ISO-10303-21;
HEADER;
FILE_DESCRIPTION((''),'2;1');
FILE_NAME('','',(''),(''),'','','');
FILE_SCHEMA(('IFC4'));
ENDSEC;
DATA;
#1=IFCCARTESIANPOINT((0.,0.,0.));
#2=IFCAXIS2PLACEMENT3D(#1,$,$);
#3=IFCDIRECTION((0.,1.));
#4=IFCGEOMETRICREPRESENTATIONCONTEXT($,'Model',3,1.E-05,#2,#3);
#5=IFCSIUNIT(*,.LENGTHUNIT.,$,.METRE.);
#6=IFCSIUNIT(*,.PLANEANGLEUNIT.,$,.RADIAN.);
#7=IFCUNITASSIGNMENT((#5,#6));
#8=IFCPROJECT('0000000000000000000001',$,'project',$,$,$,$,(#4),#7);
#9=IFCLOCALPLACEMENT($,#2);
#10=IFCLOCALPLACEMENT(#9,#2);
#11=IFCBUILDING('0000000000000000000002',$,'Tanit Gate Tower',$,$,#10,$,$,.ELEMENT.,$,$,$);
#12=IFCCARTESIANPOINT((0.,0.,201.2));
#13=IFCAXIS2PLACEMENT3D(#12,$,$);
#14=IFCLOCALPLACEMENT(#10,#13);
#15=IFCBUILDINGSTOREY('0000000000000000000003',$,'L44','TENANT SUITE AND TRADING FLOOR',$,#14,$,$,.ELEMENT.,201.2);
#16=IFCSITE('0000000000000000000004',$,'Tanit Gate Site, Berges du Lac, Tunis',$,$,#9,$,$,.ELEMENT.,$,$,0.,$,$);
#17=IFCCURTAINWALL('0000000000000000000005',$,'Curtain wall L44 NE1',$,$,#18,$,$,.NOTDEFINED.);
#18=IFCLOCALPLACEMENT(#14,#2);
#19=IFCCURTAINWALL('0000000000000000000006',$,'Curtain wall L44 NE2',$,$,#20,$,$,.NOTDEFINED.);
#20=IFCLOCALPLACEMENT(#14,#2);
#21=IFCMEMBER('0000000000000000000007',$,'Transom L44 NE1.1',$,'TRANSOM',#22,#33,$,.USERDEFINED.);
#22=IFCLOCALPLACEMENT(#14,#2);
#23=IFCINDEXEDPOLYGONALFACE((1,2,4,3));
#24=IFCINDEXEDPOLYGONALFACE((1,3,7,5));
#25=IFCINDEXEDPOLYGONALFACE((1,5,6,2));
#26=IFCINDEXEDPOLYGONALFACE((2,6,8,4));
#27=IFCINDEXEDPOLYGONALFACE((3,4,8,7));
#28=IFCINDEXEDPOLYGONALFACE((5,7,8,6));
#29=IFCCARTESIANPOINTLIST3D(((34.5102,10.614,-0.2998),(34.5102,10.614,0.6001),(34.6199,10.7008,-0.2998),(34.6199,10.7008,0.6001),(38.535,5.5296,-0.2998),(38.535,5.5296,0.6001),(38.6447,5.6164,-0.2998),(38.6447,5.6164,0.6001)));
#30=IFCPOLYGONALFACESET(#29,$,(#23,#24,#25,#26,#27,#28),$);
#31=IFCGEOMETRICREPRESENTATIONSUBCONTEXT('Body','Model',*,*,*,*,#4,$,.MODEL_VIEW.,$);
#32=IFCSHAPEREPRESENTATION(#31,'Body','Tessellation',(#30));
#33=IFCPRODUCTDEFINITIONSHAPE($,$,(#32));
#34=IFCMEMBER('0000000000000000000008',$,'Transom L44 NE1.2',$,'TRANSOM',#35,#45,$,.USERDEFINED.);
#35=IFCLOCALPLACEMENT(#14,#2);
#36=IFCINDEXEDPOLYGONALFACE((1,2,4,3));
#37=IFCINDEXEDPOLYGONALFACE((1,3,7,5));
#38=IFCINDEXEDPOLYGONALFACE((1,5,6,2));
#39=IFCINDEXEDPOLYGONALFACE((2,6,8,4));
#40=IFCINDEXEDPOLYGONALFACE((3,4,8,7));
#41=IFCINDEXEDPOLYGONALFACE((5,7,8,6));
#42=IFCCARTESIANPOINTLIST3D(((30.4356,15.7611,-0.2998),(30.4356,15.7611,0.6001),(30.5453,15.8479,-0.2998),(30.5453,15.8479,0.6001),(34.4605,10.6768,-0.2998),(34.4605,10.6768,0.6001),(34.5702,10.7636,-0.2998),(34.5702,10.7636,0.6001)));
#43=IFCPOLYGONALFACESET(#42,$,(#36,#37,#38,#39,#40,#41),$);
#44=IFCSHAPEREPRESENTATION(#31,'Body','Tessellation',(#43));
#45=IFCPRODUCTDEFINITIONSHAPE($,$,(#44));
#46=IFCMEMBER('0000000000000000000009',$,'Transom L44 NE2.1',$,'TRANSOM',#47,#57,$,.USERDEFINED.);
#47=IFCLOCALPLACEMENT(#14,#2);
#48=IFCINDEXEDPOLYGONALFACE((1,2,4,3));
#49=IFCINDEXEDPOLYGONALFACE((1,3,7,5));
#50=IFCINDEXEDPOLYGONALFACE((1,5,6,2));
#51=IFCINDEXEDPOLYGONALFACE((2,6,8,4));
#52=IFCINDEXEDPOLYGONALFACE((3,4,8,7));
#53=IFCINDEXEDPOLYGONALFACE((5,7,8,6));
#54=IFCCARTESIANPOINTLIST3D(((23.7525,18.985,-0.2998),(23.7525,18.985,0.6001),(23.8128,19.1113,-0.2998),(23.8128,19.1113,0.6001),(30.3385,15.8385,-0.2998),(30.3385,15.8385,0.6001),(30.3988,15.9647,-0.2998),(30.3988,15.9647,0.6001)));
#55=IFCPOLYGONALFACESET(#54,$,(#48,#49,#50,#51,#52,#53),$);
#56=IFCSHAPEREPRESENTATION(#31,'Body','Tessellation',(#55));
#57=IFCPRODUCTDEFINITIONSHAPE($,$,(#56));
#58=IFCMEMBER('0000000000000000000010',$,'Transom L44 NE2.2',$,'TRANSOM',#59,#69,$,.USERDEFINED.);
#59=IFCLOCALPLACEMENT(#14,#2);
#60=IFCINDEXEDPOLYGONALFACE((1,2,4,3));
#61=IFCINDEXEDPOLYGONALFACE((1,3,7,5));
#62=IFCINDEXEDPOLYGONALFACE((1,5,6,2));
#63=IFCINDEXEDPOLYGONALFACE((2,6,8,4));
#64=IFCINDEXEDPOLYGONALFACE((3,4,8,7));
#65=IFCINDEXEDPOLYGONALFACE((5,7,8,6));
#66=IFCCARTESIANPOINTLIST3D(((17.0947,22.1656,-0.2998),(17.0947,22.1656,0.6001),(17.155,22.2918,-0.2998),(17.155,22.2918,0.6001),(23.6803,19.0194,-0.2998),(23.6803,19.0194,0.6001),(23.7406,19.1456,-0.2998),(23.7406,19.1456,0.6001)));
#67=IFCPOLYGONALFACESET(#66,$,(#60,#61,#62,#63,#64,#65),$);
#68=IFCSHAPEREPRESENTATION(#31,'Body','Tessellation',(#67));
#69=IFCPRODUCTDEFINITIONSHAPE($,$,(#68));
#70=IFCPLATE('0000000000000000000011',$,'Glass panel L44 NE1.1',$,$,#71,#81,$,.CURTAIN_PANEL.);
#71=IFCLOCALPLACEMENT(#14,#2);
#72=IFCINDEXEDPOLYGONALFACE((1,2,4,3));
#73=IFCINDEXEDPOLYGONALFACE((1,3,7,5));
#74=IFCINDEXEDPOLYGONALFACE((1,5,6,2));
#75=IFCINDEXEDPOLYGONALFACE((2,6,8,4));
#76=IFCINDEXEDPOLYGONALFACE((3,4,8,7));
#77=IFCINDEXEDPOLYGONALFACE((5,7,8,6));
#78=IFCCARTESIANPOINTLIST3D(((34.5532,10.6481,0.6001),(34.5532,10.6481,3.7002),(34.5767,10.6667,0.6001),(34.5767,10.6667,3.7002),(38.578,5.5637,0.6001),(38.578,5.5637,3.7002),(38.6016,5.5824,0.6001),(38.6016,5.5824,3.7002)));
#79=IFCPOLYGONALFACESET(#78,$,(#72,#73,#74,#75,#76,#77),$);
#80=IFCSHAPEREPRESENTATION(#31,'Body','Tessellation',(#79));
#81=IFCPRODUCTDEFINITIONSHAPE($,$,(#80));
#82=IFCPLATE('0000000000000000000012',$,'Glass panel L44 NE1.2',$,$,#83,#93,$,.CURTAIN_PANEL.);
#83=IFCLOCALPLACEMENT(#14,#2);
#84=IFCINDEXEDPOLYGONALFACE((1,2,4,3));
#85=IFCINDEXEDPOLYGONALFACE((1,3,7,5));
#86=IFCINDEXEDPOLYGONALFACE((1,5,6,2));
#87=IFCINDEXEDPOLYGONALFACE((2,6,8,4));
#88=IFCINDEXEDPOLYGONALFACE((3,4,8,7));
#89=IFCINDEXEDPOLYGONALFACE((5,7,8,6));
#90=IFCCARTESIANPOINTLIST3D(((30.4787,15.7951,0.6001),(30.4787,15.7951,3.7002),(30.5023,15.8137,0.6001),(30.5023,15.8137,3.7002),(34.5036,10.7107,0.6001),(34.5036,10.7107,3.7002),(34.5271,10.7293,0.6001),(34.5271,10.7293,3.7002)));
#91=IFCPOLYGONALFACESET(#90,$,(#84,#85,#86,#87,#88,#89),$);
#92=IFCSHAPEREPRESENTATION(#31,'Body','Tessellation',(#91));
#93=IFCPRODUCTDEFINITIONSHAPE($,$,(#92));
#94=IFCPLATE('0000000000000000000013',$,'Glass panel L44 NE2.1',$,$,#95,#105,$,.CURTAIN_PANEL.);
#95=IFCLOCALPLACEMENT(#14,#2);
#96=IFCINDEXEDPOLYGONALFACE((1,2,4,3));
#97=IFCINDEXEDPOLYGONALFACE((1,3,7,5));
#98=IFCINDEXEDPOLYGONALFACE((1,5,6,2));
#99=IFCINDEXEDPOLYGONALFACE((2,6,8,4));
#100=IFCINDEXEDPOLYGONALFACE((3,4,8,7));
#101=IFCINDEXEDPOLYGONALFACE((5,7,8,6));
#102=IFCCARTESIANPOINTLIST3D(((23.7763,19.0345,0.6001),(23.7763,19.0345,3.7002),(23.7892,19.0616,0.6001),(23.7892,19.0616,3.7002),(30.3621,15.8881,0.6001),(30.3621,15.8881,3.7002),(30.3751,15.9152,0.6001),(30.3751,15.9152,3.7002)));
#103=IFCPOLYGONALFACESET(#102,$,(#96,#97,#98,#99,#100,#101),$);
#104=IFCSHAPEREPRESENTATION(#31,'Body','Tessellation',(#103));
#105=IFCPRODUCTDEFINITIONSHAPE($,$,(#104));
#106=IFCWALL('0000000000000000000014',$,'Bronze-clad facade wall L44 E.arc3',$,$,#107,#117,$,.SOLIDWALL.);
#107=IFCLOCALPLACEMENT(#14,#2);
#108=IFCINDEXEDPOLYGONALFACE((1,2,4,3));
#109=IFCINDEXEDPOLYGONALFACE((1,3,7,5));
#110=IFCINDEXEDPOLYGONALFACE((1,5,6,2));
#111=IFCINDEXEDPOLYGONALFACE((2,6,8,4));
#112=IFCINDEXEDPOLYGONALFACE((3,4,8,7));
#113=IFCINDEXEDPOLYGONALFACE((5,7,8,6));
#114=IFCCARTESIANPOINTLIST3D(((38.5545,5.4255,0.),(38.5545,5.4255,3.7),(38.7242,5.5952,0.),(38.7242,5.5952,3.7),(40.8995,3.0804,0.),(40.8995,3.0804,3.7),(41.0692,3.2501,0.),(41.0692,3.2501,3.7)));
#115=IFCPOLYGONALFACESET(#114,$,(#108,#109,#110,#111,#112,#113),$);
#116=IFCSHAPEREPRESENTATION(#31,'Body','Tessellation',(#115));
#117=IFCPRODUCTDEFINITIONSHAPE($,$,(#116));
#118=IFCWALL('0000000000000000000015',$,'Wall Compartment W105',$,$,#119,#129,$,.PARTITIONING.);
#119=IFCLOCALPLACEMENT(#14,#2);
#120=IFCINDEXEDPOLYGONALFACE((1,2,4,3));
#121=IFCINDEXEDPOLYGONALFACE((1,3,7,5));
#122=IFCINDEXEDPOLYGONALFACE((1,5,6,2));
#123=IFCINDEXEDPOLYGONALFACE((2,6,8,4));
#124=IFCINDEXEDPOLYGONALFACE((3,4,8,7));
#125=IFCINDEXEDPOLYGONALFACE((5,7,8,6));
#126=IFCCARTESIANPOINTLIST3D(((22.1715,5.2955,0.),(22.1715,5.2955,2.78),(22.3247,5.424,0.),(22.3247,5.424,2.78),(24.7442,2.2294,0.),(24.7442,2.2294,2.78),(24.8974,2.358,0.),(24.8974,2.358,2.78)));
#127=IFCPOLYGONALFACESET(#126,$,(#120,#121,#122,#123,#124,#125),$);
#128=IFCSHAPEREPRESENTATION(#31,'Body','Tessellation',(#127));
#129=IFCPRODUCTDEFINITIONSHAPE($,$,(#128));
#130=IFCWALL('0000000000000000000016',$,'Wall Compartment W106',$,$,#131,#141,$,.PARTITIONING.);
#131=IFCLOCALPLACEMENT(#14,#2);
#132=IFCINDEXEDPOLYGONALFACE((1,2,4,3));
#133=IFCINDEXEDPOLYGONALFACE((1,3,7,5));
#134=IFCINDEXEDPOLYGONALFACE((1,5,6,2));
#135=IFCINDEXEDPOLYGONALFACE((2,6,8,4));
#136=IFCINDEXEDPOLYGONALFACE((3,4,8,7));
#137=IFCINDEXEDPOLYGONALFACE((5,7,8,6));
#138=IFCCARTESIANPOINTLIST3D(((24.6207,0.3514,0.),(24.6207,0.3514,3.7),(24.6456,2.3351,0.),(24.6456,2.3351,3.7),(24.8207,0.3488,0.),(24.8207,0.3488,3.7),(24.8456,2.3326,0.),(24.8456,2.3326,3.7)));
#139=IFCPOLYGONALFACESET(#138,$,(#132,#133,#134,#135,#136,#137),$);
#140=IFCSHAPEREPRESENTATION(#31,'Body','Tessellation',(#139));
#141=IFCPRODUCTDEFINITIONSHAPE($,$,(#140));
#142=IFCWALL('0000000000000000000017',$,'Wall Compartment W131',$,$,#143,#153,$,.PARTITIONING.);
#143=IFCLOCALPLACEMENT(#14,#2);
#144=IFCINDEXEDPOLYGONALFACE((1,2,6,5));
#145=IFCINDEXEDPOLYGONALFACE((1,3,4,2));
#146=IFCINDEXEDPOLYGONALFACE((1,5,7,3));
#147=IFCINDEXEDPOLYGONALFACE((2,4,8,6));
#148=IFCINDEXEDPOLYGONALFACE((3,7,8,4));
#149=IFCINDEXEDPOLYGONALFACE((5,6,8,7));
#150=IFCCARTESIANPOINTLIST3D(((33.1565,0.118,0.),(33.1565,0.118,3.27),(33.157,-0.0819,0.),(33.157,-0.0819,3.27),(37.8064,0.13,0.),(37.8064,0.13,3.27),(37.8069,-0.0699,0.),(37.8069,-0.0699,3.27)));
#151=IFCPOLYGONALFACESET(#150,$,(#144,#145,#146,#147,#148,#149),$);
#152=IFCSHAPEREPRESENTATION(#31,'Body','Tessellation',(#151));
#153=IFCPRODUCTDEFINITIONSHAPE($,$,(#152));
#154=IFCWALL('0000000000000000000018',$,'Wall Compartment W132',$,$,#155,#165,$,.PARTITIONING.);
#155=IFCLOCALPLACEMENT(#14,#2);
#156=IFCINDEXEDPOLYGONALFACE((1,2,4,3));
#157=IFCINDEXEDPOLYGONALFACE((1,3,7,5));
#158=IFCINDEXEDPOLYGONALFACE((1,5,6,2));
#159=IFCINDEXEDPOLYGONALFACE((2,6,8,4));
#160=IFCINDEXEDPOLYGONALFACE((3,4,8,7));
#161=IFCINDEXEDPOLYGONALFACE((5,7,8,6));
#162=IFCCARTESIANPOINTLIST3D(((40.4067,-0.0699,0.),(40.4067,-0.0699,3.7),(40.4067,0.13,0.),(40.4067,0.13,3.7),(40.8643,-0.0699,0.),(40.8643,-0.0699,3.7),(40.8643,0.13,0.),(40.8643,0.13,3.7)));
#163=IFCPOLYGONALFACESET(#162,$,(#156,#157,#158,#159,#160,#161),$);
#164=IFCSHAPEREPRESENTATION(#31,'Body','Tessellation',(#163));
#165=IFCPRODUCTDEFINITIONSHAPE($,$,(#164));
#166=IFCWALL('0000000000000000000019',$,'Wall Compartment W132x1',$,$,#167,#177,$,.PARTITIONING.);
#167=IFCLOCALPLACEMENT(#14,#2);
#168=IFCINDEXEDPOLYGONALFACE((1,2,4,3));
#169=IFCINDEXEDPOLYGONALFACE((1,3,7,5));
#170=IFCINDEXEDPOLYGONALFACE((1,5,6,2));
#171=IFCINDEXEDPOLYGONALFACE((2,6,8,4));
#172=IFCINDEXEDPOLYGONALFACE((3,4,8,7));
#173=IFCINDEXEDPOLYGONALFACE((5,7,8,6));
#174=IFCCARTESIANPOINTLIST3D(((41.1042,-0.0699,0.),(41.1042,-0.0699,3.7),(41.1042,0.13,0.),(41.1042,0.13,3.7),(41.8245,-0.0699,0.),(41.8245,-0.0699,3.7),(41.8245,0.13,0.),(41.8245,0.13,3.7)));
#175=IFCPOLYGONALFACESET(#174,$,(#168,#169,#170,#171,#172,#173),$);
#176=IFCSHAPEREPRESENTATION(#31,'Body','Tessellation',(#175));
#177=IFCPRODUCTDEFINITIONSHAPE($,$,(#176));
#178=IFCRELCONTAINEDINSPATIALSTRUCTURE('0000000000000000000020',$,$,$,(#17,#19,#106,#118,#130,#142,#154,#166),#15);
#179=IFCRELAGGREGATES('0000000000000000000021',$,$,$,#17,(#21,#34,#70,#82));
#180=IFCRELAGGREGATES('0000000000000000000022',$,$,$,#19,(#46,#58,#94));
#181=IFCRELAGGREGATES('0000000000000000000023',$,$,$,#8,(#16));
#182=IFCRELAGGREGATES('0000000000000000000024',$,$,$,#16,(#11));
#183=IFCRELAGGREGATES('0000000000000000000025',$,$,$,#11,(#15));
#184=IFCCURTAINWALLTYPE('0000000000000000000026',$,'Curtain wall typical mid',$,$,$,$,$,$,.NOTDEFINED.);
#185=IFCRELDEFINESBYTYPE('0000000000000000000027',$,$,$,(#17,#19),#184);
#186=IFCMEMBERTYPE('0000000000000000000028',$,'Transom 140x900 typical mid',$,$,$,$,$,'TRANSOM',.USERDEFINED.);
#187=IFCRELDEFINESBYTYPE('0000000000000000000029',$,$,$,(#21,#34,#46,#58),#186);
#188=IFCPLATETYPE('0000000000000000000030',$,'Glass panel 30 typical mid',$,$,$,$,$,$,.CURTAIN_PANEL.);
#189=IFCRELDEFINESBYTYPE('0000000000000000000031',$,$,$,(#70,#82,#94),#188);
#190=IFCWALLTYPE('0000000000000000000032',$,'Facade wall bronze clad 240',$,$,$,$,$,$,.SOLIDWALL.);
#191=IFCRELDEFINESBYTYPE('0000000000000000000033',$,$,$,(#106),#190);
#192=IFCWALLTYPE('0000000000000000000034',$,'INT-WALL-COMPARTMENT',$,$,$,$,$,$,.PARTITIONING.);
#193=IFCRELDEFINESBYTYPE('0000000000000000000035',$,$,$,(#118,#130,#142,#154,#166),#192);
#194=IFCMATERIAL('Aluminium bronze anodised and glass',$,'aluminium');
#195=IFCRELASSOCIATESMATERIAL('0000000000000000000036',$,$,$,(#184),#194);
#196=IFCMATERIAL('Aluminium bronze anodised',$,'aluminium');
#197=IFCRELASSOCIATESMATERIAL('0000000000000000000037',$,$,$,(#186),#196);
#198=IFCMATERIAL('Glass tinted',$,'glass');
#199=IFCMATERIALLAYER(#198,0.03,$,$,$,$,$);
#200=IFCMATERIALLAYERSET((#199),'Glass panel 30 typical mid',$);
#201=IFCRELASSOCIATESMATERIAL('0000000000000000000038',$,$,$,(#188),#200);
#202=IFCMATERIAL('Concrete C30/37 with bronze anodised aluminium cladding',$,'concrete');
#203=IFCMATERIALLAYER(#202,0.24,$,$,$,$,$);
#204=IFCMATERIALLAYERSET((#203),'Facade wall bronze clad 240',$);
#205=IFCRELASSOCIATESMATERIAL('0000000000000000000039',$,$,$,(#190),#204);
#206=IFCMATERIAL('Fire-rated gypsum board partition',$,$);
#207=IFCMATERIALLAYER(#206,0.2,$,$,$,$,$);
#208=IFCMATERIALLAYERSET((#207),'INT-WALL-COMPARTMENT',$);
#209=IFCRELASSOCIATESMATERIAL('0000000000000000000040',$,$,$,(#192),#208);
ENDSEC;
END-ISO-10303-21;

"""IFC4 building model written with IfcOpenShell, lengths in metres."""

from ifc_helpers import new_model, si_unit, direction, frame, frame_2d, origin, origin_2d, place, context, subcontext, project, spatial, rectangle, extrude, material, layer, layer_set, material_profile, profile_set, type_object, element, aggregate, save


model = new_model("IFC4")

# Units and contexts
model_context = context("Model", 3, precision=1e-05, world=origin(), true_north=direction((0.0, 1.0)))
body_context = subcontext(model_context, "Body", "Model", "MODEL_VIEW")
ifc_project = project(units=[si_unit("LENGTHUNIT", "METRE"), si_unit("PLANEANGLEUNIT", "RADIAN")], contexts=[model_context])

# Site, building, storey
site_placement = place(None, origin())
site = spatial("IfcSite", under=ifc_project, at=site_placement, Name="Tanit Gate Site, Berges du Lac, Tunis", CompositionType="ELEMENT", RefElevation=0.0)
building_placement = place(site_placement, origin())
building = spatial("IfcBuilding", under=site, at=building_placement, Name="Tanit Gate Tower", CompositionType="ELEMENT")
storey_placement = place(building_placement, frame((0.0, 0.0, 201.2)))
storey = spatial("IfcBuildingStorey", under=building, at=storey_placement, Name="L44", Description="TENANT SUITE AND TRADING FLOOR", CompositionType="ELEMENT", Elevation=201.2)

# Curtain walls
ifc_material_1 = material(Name="Aluminium bronze anodised and glass", Category="aluminium")
curtain_wall_type = type_object("IfcCurtainWallType", Name="Curtain wall typical mid", PredefinedType="NOTDEFINED", material=ifc_material_1)
curtain_wall_1_placement = place(storey_placement, origin())
curtain_wall_1 = element("IfcCurtainWall", 1, at=curtain_wall_1_placement, inside=storey, type_object=curtain_wall_type, Name="Curtain wall L44 NE1", PredefinedType="NOTDEFINED")
curtain_wall_2_placement = place(storey_placement, origin())
curtain_wall_2 = element("IfcCurtainWall", 2, at=curtain_wall_2_placement, inside=storey, type_object=curtain_wall_type, Name="Curtain wall L44 NE2", PredefinedType="NOTDEFINED")

# Members
ifc_material_2 = material(Name="Aluminium bronze anodised", Category="aluminium")
ifc_material_profile_1 = material_profile(ifc_material_2, rectangle(XDim=0.1399, YDim=0.8999, at=origin_2d()), Name="140x900 bronze transom")
ifc_profile_set_1 = profile_set([ifc_material_profile_1], Name="Aluminium bronze anodised")
member_type_1 = type_object("IfcMemberType", Name="Transom 140x900 typical mid", ElementType="TRANSOM", PredefinedType="USERDEFINED", material=ifc_profile_set_1)
member_1_placement = place(storey_placement, frame((38.5898, 5.573, 0.1501), z_axis=(-0.620674, 0.784069, 0.0), x_axis=(-0.784069, -0.620674, 0.0)))
member_1 = element("IfcMember", 3, at=member_1_placement, type_object=member_type_1, Name="Transom L44 NE1.1", ObjectType="TRANSOM", PredefinedType="USERDEFINED", context=body_context, shape_type="SweptSolid", body=[
    extrude(rectangle(XDim=0.1399, YDim=0.8999, at=origin_2d()), origin(), (0.0, 0.0, 1.0), 6.4846),
])
member_2_placement = place(storey_placement, frame((34.5154, 10.7202, 0.1501), z_axis=(-0.620692, 0.784054, 0.0), x_axis=(-0.784054, -0.620692, 0.0)))
member_2 = element("IfcMember", 4, at=member_2_placement, type_object=member_type_1, Name="Transom L44 NE1.2", ObjectType="TRANSOM", PredefinedType="USERDEFINED", context=body_context, shape_type="SweptSolid", body=[
    extrude(rectangle(XDim=0.1399, YDim=0.8999, at=origin_2d()), origin(), (0.0, 0.0, 1.0), 6.4846),
])
member_3_placement = place(storey_placement, frame((30.3687, 15.9016, 0.1501), z_axis=(-0.902311, 0.431086, 0.0), x_axis=(-0.431086, -0.902311, 0.0)))
member_3 = element("IfcMember", 5, at=member_3_placement, type_object=member_type_1, Name="Transom L44 NE2.1", ObjectType="TRANSOM", PredefinedType="USERDEFINED", context=body_context, shape_type="SweptSolid", body=[
    extrude(rectangle(XDim=0.1399, YDim=0.8999, at=origin_2d()), origin(), (0.0, 0.0, 1.0), 7.2991),
])
member_4_placement = place(storey_placement, frame((23.7104, 19.0825, 0.1501), z_axis=(-0.902318, 0.431072, 0.0), x_axis=(-0.431072, -0.902318, 0.0)))
member_4 = element("IfcMember", 6, at=member_4_placement, type_object=member_type_1, Name="Transom L44 NE2.2", ObjectType="TRANSOM", PredefinedType="USERDEFINED", context=body_context, shape_type="SweptSolid", body=[
    extrude(rectangle(XDim=0.1399, YDim=0.8999, at=origin_2d()), origin(), (0.0, 0.0, 1.0), 7.2986),
])

# Plates
ifc_material_3 = material(Name="Glass tinted", Category="glass")
ifc_layer_1 = layer(ifc_material_3, 0.03)
ifc_layer_set_1 = layer_set([ifc_layer_1], Name="Glass panel 30 typical mid")
plate_type = type_object("IfcPlateType", Name="Glass panel 30 typical mid", PredefinedType="CURTAIN_PANEL", material=ifc_layer_set_1)
plate_1_placement = place(storey_placement, frame((36.5774, 8.1152, 0.6001), z_axis=(0.0, 0.0, 1.0), x_axis=(-0.620675, 0.784068, 0.0)))
plate_1 = element("IfcPlate", 7, at=plate_1_placement, type_object=plate_type, Name="Glass panel L44 NE1.1", PredefinedType="CURTAIN_PANEL", context=body_context, shape_type="SweptSolid", body=[
    extrude(rectangle(XDim=6.4846, YDim=0.03, at=origin_2d()), origin(), (0.0, 0.0, 1.0), 3.1001),
])
plate_2_placement = place(storey_placement, frame((32.5029, 13.2622, 0.6001), z_axis=(0.0, 0.0, 1.0), x_axis=(-0.620675, 0.784068, 0.0)))
plate_2 = element("IfcPlate", 8, at=plate_2_placement, type_object=plate_type, Name="Glass panel L44 NE1.2", PredefinedType="CURTAIN_PANEL", context=body_context, shape_type="SweptSolid", body=[
    extrude(rectangle(XDim=6.4846, YDim=0.03, at=origin_2d()), origin(), (0.0, 0.0, 1.0), 3.1001),
])
aggregate(curtain_wall_1, [member_1, member_2, plate_1, plate_2])
plate_3_placement = place(storey_placement, frame((27.0757, 17.4749, 0.6001), z_axis=(0.0, 0.0, 1.0), x_axis=(-0.902317, 0.431073, 0.0)))
plate_3 = element("IfcPlate", 9, at=plate_3_placement, type_object=plate_type, Name="Glass panel L44 NE2.1", PredefinedType="CURTAIN_PANEL", context=body_context, shape_type="SweptSolid", body=[
    extrude(rectangle(XDim=7.2988, YDim=0.03, at=origin_2d()), origin(), (0.0, 0.0, 1.0), 3.1001),
])
aggregate(curtain_wall_2, [member_3, member_4, plate_3])

# Walls
ifc_material_4 = material(Name="Concrete C30/37 with bronze anodised aluminium cladding", Category="concrete")
ifc_layer_2 = layer(ifc_material_4, 0.24)
ifc_layer_set_2 = layer_set([ifc_layer_2], Name="Facade wall bronze clad 240")
wall_type_1 = type_object("IfcWallType", Name="Facade wall bronze clad 240", PredefinedType="SOLIDWALL", material=ifc_layer_set_2)
wall_1_placement = place(storey_placement, frame((40.9844, 3.1653, 0.0), z_axis=(0.0, 0.0, 1.0), x_axis=(-0.707107, 0.707107, 0.0)))
element("IfcWall", 10, at=wall_1_placement, inside=storey, type_object=wall_type_1, Name="Bronze-clad facade wall L44 E.arc3", PredefinedType="SOLIDWALL", context=body_context, shape_type="SweptSolid", body=[
    extrude(rectangle(XDim=3.3164, YDim=0.24, at=frame_2d((1.6582, 0.0))), origin(), (0.0, 0.0, 1.0), 3.7),
])
ifc_material_5 = material(Name="Fire-rated gypsum board partition")
ifc_layer_3 = layer(ifc_material_5, 0.2)
ifc_layer_set_3 = layer_set([ifc_layer_3], Name="INT-WALL-COMPARTMENT")
wall_type_2 = type_object("IfcWallType", Name="INT-WALL-COMPARTMENT", PredefinedType="PARTITIONING", material=ifc_layer_set_3)
wall_2_placement = place(storey_placement, frame((24.8208, 2.2937, 0.0), z_axis=(0.0, 0.0, 1.0), x_axis=(-0.642779, 0.766052, 0.0)))
element("IfcWall", 11, at=wall_2_placement, inside=storey, type_object=wall_type_2, Name="Wall Compartment W105", PredefinedType="PARTITIONING", context=body_context, shape_type="SweptSolid", body=[
    extrude(rectangle(XDim=4.0024, YDim=0.2, at=frame_2d((2.0012, 0.0))), origin(), (0.0, 0.0, 1.0), 2.78),
])
wall_3_placement = place(storey_placement, frame((24.7207, 0.3501, 0.0), z_axis=(0.0, 0.0, 1.0), x_axis=(0.012553, 0.999921, 0.0)))
element("IfcWall", 12, at=wall_3_placement, inside=storey, type_object=wall_type_2, Name="Wall Compartment W106", PredefinedType="PARTITIONING", context=body_context, shape_type="SweptSolid", body=[
    extrude(rectangle(XDim=1.9839, YDim=0.2, at=frame_2d((0.9919, 0.0))), origin(), (0.0, 0.0, 1.0), 3.7),
])
wall_4_placement = place(storey_placement, frame((33.1567, 0.0181, 0.0), z_axis=(0.0, 0.0, 1.0), x_axis=(0.999997, 0.002573, 0.0)))
element("IfcWall", 13, at=wall_4_placement, inside=storey, type_object=wall_type_2, Name="Wall Compartment W131", PredefinedType="PARTITIONING", context=body_context, shape_type="SweptSolid", body=[
    extrude(rectangle(XDim=4.6499, YDim=0.2, at=frame_2d((2.325, 0.0))), origin(), (0.0, 0.0, 1.0), 3.27),
])
wall_5_placement = place(storey_placement, frame((40.4067, 0.03, 0.0), z_axis=(0.0, 0.0, 1.0), x_axis=(1.0, 0.0, 0.0)))
element("IfcWall", 14, at=wall_5_placement, inside=storey, type_object=wall_type_2, Name="Wall Compartment W132", PredefinedType="PARTITIONING", context=body_context, shape_type="SweptSolid", body=[
    extrude(rectangle(XDim=0.4575, YDim=0.2, at=frame_2d((0.2288, 0.0))), origin(), (0.0, 0.0, 1.0), 3.7),
])
wall_6_placement = place(storey_placement, frame((41.1042, 0.03, 0.0), z_axis=(0.0, 0.0, 1.0), x_axis=(1.0, 0.0, 0.0)))
element("IfcWall", 15, at=wall_6_placement, inside=storey, type_object=wall_type_2, Name="Wall Compartment W132x1", PredefinedType="PARTITIONING", context=body_context, shape_type="SweptSolid", body=[
    extrude(rectangle(XDim=0.7202, YDim=0.2, at=frame_2d((0.3601, 0.0))), origin(), (0.0, 0.0, 1.0), 3.7),
])

save(model, "model.ifc")
